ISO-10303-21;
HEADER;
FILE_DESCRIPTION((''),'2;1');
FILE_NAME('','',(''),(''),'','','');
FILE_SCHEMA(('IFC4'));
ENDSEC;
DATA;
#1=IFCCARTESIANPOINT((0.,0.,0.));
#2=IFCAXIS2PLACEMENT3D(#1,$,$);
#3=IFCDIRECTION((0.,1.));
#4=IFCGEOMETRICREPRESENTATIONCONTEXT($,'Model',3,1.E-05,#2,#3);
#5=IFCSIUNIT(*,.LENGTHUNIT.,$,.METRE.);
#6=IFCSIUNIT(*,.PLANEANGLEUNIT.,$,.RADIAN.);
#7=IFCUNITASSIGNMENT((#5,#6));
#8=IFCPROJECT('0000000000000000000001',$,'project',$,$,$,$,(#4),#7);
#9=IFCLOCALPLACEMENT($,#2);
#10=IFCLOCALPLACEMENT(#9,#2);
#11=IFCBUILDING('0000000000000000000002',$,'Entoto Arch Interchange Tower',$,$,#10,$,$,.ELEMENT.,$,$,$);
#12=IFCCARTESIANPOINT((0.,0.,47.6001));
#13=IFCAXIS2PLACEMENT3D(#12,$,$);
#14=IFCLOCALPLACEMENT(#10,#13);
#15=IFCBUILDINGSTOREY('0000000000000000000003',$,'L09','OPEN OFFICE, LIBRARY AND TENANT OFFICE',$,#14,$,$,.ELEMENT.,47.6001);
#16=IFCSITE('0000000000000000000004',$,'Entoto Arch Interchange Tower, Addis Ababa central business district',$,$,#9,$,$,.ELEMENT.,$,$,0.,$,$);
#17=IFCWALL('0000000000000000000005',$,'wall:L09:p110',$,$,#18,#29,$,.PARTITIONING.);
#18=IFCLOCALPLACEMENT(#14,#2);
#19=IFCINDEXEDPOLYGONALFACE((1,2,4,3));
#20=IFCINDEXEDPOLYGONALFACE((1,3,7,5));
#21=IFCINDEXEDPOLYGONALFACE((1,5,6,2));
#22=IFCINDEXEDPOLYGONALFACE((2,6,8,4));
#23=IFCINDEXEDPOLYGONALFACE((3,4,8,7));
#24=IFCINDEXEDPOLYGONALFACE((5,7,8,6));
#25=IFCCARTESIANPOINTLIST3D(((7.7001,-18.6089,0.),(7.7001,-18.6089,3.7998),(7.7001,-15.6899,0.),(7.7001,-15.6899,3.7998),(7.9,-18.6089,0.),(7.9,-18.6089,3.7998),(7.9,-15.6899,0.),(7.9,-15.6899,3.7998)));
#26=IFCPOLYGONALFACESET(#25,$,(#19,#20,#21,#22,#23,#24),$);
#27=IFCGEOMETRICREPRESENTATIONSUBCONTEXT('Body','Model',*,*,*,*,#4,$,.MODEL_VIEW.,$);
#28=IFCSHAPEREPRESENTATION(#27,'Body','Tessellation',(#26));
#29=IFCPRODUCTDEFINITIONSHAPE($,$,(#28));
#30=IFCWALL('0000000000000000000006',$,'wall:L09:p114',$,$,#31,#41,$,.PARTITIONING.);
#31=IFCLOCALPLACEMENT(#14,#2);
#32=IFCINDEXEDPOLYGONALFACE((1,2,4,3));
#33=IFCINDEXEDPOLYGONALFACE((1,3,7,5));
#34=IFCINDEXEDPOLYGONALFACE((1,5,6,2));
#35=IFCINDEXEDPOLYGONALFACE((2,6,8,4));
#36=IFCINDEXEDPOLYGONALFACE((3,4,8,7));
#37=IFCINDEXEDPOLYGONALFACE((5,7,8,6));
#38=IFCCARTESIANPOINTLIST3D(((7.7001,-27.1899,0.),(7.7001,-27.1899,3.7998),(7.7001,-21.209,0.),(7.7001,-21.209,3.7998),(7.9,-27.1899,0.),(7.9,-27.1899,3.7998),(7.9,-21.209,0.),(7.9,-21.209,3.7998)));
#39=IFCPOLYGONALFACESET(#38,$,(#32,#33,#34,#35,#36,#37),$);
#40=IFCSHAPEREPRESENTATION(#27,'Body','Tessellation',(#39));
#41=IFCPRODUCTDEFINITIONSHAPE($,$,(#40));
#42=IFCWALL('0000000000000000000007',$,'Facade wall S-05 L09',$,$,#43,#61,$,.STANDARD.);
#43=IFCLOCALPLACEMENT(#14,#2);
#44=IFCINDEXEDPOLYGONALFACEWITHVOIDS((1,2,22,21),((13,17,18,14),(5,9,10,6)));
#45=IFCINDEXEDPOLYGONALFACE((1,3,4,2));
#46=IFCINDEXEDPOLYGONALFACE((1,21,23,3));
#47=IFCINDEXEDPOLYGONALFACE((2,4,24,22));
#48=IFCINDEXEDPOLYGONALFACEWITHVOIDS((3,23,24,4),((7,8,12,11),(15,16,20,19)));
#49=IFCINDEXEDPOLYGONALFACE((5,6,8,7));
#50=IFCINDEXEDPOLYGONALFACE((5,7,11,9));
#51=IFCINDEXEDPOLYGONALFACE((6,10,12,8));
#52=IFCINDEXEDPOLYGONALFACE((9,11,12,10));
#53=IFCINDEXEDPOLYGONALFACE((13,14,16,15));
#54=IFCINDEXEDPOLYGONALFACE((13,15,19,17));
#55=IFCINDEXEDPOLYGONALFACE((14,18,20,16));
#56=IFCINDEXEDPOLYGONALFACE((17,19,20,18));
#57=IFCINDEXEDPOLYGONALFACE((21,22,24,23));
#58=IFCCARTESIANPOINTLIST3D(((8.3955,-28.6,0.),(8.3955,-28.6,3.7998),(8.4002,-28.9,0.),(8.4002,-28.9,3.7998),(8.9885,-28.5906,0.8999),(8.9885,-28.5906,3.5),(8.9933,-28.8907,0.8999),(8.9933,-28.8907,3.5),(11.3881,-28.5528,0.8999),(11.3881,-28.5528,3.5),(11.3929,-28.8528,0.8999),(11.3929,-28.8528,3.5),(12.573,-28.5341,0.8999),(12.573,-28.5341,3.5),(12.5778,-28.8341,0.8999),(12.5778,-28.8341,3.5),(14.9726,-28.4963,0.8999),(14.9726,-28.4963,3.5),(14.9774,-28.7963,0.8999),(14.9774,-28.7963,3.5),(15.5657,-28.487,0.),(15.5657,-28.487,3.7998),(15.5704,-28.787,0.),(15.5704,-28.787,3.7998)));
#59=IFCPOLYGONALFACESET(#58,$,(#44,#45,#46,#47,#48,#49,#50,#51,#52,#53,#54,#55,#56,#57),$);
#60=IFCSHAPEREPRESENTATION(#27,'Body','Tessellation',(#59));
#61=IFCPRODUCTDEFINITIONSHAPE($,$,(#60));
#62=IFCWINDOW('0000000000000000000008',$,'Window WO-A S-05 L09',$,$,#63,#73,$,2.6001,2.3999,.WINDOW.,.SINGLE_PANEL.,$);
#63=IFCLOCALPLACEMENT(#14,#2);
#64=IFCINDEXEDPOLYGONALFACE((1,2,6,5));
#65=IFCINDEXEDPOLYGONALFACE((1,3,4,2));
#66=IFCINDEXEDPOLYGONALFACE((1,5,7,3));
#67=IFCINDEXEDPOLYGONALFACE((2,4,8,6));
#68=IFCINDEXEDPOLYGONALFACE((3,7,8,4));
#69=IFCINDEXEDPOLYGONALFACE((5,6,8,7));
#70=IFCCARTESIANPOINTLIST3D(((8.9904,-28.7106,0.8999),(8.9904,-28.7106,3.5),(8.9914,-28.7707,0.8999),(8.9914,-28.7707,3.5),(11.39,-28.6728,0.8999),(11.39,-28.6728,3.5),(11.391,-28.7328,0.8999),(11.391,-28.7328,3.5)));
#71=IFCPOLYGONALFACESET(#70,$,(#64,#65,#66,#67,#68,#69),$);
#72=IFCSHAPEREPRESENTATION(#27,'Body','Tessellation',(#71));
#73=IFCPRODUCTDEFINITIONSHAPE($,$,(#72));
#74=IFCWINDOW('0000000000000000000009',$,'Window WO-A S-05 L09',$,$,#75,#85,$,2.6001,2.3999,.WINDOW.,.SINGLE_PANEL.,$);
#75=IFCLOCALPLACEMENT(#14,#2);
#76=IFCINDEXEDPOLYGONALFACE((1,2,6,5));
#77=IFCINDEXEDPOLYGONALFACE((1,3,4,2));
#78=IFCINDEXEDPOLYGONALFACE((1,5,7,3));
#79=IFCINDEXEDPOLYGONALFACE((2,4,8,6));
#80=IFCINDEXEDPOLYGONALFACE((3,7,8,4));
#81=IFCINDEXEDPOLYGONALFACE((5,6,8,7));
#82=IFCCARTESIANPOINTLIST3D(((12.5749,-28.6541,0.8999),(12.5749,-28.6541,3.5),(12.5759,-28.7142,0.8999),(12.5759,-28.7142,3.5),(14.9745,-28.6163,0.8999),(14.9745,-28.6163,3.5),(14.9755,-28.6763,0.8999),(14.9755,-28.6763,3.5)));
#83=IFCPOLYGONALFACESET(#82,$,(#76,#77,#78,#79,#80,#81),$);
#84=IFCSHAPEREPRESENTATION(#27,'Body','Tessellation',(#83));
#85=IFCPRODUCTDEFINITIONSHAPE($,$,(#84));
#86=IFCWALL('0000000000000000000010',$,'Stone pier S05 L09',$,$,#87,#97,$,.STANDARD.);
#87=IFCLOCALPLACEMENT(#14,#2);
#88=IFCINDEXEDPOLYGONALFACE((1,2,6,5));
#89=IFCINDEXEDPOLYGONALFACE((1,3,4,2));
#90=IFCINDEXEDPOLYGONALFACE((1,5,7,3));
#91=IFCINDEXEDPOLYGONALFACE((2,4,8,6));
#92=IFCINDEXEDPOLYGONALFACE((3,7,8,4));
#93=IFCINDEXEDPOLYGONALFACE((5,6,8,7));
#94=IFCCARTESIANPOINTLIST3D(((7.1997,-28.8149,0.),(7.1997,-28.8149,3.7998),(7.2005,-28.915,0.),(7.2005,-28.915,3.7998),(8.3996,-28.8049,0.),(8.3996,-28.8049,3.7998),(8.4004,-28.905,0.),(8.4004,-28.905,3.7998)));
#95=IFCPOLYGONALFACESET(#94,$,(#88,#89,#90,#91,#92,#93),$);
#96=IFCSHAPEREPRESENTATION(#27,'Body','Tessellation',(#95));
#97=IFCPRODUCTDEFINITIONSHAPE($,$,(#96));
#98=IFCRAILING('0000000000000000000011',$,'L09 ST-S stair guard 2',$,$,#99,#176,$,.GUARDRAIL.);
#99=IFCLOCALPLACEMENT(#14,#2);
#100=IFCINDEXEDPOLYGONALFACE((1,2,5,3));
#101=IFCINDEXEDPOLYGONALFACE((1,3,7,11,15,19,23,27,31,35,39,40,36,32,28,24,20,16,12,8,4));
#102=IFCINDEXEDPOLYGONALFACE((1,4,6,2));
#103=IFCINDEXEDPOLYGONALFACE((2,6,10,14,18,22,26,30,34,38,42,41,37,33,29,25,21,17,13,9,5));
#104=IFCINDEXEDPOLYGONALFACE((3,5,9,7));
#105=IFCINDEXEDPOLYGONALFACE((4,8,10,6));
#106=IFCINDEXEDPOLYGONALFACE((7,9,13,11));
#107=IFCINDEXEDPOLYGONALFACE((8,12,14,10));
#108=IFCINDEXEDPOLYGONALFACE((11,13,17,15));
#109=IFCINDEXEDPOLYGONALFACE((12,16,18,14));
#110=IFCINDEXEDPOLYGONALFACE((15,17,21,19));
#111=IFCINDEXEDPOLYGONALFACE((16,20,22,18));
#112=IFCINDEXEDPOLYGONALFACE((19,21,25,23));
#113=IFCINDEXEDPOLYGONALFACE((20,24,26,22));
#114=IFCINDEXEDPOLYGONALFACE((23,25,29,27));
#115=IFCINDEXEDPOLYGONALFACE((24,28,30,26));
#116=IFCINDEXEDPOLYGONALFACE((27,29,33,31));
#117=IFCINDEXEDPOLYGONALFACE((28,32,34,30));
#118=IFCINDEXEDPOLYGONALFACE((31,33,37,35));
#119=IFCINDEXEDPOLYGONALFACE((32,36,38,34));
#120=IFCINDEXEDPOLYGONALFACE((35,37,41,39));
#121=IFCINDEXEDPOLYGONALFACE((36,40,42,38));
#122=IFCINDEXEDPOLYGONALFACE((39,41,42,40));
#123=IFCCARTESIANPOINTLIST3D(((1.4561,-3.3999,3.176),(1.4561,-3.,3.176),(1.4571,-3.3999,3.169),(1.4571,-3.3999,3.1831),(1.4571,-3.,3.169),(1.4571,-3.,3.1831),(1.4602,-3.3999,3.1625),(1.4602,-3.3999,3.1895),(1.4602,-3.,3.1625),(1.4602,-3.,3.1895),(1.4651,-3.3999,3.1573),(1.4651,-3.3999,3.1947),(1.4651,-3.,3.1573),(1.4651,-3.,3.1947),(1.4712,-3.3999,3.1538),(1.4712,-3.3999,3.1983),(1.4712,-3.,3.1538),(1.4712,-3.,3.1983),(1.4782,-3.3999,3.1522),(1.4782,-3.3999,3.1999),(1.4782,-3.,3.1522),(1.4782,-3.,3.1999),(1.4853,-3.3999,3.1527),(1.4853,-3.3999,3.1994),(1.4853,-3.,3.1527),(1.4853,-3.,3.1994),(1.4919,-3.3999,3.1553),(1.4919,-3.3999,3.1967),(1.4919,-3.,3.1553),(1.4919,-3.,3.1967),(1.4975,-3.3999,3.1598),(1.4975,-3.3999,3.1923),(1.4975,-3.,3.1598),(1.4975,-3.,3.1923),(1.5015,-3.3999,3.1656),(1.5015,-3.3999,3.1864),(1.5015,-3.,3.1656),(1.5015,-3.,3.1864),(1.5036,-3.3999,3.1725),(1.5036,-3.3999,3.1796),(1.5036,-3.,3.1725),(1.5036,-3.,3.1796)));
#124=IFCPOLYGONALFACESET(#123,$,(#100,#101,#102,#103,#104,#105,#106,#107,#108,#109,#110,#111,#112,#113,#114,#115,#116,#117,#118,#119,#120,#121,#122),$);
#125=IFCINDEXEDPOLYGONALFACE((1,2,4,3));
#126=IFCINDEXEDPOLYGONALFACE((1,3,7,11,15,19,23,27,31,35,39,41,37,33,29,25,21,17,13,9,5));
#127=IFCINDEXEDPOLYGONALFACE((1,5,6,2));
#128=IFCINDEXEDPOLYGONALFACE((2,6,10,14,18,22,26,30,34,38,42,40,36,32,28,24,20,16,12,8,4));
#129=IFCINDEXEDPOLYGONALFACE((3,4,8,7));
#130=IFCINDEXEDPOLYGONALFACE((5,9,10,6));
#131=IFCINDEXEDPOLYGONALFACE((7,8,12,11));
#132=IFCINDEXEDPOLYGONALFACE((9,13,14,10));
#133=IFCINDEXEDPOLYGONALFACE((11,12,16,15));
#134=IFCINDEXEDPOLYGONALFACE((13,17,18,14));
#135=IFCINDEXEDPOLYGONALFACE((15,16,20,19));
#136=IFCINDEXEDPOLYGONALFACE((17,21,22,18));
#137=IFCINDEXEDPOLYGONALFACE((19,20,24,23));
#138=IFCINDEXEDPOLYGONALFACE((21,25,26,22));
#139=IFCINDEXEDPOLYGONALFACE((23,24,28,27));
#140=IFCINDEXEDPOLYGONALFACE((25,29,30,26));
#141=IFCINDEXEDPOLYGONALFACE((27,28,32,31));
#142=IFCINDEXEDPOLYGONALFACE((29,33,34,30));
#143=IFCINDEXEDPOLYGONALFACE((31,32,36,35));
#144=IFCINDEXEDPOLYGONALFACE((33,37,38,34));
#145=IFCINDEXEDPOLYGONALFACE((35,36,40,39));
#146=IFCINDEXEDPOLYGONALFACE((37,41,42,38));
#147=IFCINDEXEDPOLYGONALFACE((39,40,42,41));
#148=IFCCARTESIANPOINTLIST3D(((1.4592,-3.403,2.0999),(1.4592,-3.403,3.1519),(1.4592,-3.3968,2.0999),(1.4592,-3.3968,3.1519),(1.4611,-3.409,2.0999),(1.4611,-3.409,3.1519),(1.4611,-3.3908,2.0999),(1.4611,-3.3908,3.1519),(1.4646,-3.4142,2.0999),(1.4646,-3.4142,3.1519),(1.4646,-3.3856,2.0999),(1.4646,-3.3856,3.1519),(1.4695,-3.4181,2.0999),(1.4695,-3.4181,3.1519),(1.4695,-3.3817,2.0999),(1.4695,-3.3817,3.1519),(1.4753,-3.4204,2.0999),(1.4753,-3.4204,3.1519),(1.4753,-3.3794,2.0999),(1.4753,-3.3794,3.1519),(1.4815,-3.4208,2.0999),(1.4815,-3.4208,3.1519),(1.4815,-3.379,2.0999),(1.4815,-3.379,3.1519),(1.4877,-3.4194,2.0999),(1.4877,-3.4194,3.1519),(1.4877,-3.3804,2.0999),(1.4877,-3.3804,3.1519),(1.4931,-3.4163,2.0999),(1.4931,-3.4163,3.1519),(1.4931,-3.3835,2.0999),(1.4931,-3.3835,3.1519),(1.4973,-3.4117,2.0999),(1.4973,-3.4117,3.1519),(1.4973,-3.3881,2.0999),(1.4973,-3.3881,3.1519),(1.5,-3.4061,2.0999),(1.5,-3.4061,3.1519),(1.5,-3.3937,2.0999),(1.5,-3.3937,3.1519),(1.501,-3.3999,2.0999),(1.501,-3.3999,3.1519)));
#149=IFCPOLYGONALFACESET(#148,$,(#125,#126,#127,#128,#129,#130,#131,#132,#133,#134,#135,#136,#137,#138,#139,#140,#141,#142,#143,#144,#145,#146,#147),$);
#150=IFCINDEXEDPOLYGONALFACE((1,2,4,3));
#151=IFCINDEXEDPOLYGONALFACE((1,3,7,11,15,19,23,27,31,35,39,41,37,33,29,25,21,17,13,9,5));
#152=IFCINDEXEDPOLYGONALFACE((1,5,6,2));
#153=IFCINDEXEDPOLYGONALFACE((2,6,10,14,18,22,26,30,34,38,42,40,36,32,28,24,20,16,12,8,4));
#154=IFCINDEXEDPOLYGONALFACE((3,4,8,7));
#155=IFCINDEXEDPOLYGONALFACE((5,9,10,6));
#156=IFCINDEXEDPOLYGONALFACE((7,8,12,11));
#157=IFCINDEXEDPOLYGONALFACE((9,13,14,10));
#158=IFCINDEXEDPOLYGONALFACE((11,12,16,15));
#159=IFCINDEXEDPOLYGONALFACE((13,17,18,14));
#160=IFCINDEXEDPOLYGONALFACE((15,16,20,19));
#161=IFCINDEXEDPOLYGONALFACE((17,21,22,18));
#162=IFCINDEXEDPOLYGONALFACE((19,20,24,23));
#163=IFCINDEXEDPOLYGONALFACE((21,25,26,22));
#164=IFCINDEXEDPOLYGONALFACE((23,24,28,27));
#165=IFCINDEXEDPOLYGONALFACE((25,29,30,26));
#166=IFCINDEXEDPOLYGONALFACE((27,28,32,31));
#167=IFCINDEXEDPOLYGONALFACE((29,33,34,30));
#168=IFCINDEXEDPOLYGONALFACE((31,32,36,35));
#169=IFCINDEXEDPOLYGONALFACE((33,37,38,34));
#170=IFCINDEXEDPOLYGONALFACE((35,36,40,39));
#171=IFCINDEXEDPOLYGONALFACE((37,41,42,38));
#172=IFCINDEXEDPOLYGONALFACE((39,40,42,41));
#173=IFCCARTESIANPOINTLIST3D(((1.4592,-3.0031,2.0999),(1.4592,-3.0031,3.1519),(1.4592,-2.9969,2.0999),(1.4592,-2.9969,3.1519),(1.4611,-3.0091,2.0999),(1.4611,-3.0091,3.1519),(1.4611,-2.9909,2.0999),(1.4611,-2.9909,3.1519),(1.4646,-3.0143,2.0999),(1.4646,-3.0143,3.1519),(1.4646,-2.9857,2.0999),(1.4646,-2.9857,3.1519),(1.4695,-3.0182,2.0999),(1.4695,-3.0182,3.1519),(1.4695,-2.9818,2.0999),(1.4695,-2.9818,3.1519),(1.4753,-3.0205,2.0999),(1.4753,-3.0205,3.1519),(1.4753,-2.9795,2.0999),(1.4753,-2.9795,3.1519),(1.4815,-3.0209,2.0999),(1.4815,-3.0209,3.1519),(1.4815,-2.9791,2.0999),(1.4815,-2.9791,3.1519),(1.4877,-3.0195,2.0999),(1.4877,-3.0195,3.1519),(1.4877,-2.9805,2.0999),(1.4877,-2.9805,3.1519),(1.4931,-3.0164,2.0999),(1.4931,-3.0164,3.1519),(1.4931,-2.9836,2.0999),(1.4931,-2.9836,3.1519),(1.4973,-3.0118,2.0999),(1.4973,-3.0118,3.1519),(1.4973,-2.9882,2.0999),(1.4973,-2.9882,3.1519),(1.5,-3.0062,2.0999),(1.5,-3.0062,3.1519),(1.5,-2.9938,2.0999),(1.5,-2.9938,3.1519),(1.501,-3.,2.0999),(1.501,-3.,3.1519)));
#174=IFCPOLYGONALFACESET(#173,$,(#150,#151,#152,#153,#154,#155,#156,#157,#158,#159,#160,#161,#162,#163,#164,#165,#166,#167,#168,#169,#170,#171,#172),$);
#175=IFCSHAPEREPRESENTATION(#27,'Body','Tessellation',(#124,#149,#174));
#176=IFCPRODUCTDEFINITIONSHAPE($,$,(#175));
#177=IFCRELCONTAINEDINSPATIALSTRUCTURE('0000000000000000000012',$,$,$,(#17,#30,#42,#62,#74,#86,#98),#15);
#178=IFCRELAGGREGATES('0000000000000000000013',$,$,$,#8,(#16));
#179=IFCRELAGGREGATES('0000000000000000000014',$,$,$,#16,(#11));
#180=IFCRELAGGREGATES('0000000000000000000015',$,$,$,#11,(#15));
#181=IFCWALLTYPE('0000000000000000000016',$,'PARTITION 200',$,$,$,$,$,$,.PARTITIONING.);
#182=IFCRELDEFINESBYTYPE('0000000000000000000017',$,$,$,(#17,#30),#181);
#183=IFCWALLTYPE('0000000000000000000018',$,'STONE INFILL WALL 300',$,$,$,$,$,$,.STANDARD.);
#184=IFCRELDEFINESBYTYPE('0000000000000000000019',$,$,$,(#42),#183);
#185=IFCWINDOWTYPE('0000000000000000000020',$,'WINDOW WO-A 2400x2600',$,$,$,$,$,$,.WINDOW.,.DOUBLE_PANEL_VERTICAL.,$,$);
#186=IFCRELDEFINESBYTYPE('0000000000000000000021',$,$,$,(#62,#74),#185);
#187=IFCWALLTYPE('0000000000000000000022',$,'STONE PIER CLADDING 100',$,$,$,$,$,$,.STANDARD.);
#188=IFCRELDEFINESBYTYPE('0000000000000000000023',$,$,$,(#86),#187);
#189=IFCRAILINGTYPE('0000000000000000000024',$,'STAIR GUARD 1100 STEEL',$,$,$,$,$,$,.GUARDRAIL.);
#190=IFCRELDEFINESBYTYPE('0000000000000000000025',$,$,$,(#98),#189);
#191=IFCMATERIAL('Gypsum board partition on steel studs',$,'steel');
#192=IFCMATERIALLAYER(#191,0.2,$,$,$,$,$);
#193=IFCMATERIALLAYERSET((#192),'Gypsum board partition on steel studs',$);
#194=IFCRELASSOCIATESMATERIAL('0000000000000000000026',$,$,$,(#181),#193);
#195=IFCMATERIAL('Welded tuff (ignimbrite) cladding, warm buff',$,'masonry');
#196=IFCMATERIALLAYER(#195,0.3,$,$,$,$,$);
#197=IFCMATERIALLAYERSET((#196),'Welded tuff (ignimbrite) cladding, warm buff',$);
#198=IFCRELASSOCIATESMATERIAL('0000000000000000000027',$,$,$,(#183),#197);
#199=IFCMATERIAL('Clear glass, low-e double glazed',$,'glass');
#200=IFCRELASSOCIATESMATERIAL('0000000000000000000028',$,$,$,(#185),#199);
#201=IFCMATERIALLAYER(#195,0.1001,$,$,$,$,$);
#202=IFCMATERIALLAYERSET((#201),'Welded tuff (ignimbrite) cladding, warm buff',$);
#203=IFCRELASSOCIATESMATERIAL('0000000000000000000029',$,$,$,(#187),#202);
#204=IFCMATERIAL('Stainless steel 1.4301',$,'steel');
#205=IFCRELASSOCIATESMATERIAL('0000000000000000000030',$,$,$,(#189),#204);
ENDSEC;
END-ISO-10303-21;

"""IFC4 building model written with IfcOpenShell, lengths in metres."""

from ifc_helpers import new_model, si_unit, direction, frame, frame_2d, origin, origin_2d, place, context, subcontext, project, spatial, rectangle, circle, extrude, material, layer, layer_set, type_object, element, fill, save


model = new_model("IFC4")

# Units and contexts
model_context = context("Model", 3, precision=1e-05, world=origin(), true_north=direction((0.0, 1.0)))
body_context = subcontext(model_context, "Body", "Model", "MODEL_VIEW")
ifc_project = project(units=[si_unit("LENGTHUNIT", "METRE"), si_unit("PLANEANGLEUNIT", "RADIAN")], contexts=[model_context])

# Site, building, storey
site_placement = place(None, origin())
site = spatial("IfcSite", under=ifc_project, at=site_placement, Name="Entoto Arch Interchange Tower, Addis Ababa central business district", CompositionType="ELEMENT", RefElevation=0.0)
building_placement = place(site_placement, origin())
building = spatial("IfcBuilding", under=site, at=building_placement, Name="Entoto Arch Interchange Tower", CompositionType="ELEMENT")
storey_placement = place(building_placement, frame((0.0, 0.0, 47.6001)))
storey = spatial("IfcBuildingStorey", under=building, at=storey_placement, Name="L09", Description="OPEN OFFICE, LIBRARY AND TENANT OFFICE", CompositionType="ELEMENT", Elevation=47.6001)

# Shared definitions
ifc_material_1 = material(Name="Clear glass, low-e double glazed", Category="glass")

# Walls
ifc_material_2 = material(Name="Gypsum board partition on steel studs", Category="steel")
ifc_layer_1 = layer(ifc_material_2, 0.2)
ifc_layer_set_1 = layer_set([ifc_layer_1], Name="Gypsum board partition on steel studs")
wall_type_1 = type_object("IfcWallType", Name="PARTITION 200", PredefinedType="PARTITIONING", material=ifc_layer_set_1)
wall_1_placement = place(storey_placement, frame((7.8, -15.6899, 0.0), z_axis=(0.0, 0.0, 1.0), x_axis=(0.0, -1.0, 0.0)))
element("IfcWall", 1, at=wall_1_placement, inside=storey, type_object=wall_type_1, Name="wall:L09:p110", PredefinedType="PARTITIONING", context=body_context, shape_type="SweptSolid", body=[
    extrude(rectangle(XDim=2.9189, YDim=0.2, at=frame_2d((1.4595, 0.0))), origin(), (0.0, 0.0, 1.0), 3.7998),
])
wall_2_placement = place(storey_placement, frame((7.8, -21.209, 0.0), z_axis=(0.0, 0.0, 1.0), x_axis=(0.0, -1.0, 0.0)))
element("IfcWall", 2, at=wall_2_placement, inside=storey, type_object=wall_type_1, Name="wall:L09:p114", PredefinedType="PARTITIONING", context=body_context, shape_type="SweptSolid", body=[
    extrude(rectangle(XDim=5.981, YDim=0.2, at=frame_2d((2.9905, 0.0))), origin(), (0.0, 0.0, 1.0), 3.7998),
])

# Wall, openings, windows
ifc_material_3 = material(Name="Welded tuff (ignimbrite) cladding, warm buff", Category="masonry")
ifc_layer_2 = layer(ifc_material_3, 0.3)
ifc_layer_set_2 = layer_set([ifc_layer_2], Name="Welded tuff (ignimbrite) cladding, warm buff")
wall_type_2 = type_object("IfcWallType", Name="STONE INFILL WALL 300", PredefinedType="STANDARD", material=ifc_layer_set_2)
wall_3_placement = place(storey_placement, frame((8.3979, -28.75, 0.0), z_axis=(0.0, 0.0, 1.0), x_axis=(0.999876, 0.015763, 0.0)))
wall_3 = element("IfcWall", 3, at=wall_3_placement, inside=storey, type_object=wall_type_2, Name="Facade wall S-05 L09", PredefinedType="STANDARD", context=body_context, shape_type="SweptSolid", body=[
    extrude(rectangle(XDim=7.1711, YDim=0.3, at=frame_2d((3.5854, 0.0))), origin(), (0.0, 0.0, 1.0), 3.7998),
])
opening_1_placement = place(wall_3_placement, frame((0.593, 0.0, 0.8999)))
opening_1 = element("IfcOpeningElement", 4, at=opening_1_placement, cuts=wall_3, PredefinedType="OPENING", context=body_context, shape_type="SweptSolid", body=[
    extrude(rectangle(XDim=2.3999, YDim=2.6001, at=frame_2d((1.2, 1.3))), frame((0.0, 0.1602, 0.0), z_axis=(0.0, -1.0, 0.0), x_axis=(1.0, 0.0, 0.0)), (0.0, 0.0, 1.0), 0.3201),
])
opening_2_placement = place(wall_3_placement, frame((4.178, 0.0, 0.8999)))
opening_2 = element("IfcOpeningElement", 5, at=opening_2_placement, cuts=wall_3, PredefinedType="OPENING", context=body_context, shape_type="SweptSolid", body=[
    extrude(rectangle(XDim=2.3999, YDim=2.6001, at=frame_2d((1.2, 1.3))), frame((0.0, 0.1602, 0.0), z_axis=(0.0, -1.0, 0.0), x_axis=(1.0, 0.0, 0.0)), (0.0, 0.0, 1.0), 0.3201),
])
window_type = type_object("IfcWindowType", Name="WINDOW WO-A 2400x2600", PartitioningType="DOUBLE_PANEL_VERTICAL", PredefinedType="WINDOW", material=ifc_material_1)
window_1_placement = place(opening_1_placement, origin())
window_1 = element("IfcWindow", 6, at=window_1_placement, inside=storey, type_object=window_type, Name="Window WO-A S-05 L09", OverallHeight=2.6001, OverallWidth=2.3999, PartitioningType="SINGLE_PANEL", PredefinedType="WINDOW", context=body_context, shape_type="SweptSolid", body=[
    extrude(rectangle(XDim=2.3999, YDim=2.6001, at=frame_2d((1.2, 1.3))), frame((0.0, 0.03, 0.0), z_axis=(0.0, -1.0, 0.0), x_axis=(1.0, 0.0, 0.0)), (0.0, 0.0, 1.0), 0.0601),
])
fill(opening_1, window_1)
window_2_placement = place(opening_2_placement, origin())
window_2 = element("IfcWindow", 7, at=window_2_placement, inside=storey, type_object=window_type, Name="Window WO-A S-05 L09", OverallHeight=2.6001, OverallWidth=2.3999, PartitioningType="SINGLE_PANEL", PredefinedType="WINDOW", context=body_context, shape_type="SweptSolid", body=[
    extrude(rectangle(XDim=2.3999, YDim=2.6001, at=frame_2d((1.2, 1.3))), frame((0.0, 0.03, 0.0), z_axis=(0.0, -1.0, 0.0), x_axis=(1.0, 0.0, 0.0)), (0.0, 0.0, 1.0), 0.0601),
])
fill(opening_2, window_2)

# Wall
ifc_layer_3 = layer(ifc_material_3, 0.1001)
ifc_layer_set_3 = layer_set([ifc_layer_3], Name="Welded tuff (ignimbrite) cladding, warm buff")
wall_type_3 = type_object("IfcWallType", Name="STONE PIER CLADDING 100", PredefinedType="STANDARD", material=ifc_layer_set_3)
wall_4_placement = place(storey_placement, frame((7.2, -28.865, 0.0), z_axis=(0.0, 0.0, 1.0), x_axis=(0.999965, 0.008342, 0.0)))
element("IfcWall", 8, at=wall_4_placement, inside=storey, type_object=wall_type_3, Name="Stone pier S05 L09", PredefinedType="STANDARD", context=body_context, shape_type="SweptSolid", body=[
    extrude(rectangle(XDim=1.2, YDim=0.1001, at=frame_2d((0.6001, 0.0))), origin(), (0.0, 0.0, 1.0), 3.7998),
])

# Railing
ifc_material_4 = material(Name="Stainless steel 1.4301", Category="steel")
railing_type_1 = type_object("IfcRailingType", Name="STAIR GUARD 1100 STEEL", PredefinedType="GUARDRAIL", material=ifc_material_4)
railing_1_placement = place(storey_placement, frame((1.48, -3.3999, 2.0999)))
element("IfcRailing", 9, at=railing_1_placement, inside=storey, type_object=railing_type_1, Name="L09 ST-S stair guard 2", PredefinedType="GUARDRAIL", context=body_context, shape_type="SweptSolid", body=[
    extrude(circle(Radius=0.0239, at=origin_2d()), frame((0.0, 0.0, 1.0762), z_axis=(0.0, 1.0, 0.0), x_axis=(-1.0, 0.0, 0.0)), (0.0, 0.0, 1.0), 0.3999),
    extrude(circle(Radius=0.021, at=origin_2d()), origin(), (0.0, 0.0, 1.0), 1.052),
    extrude(circle(Radius=0.021, at=origin_2d()), frame((0.0, 0.3999, 0.0)), (0.0, 0.0, 1.0), 1.052),
])

save(model, "model.ifc")
